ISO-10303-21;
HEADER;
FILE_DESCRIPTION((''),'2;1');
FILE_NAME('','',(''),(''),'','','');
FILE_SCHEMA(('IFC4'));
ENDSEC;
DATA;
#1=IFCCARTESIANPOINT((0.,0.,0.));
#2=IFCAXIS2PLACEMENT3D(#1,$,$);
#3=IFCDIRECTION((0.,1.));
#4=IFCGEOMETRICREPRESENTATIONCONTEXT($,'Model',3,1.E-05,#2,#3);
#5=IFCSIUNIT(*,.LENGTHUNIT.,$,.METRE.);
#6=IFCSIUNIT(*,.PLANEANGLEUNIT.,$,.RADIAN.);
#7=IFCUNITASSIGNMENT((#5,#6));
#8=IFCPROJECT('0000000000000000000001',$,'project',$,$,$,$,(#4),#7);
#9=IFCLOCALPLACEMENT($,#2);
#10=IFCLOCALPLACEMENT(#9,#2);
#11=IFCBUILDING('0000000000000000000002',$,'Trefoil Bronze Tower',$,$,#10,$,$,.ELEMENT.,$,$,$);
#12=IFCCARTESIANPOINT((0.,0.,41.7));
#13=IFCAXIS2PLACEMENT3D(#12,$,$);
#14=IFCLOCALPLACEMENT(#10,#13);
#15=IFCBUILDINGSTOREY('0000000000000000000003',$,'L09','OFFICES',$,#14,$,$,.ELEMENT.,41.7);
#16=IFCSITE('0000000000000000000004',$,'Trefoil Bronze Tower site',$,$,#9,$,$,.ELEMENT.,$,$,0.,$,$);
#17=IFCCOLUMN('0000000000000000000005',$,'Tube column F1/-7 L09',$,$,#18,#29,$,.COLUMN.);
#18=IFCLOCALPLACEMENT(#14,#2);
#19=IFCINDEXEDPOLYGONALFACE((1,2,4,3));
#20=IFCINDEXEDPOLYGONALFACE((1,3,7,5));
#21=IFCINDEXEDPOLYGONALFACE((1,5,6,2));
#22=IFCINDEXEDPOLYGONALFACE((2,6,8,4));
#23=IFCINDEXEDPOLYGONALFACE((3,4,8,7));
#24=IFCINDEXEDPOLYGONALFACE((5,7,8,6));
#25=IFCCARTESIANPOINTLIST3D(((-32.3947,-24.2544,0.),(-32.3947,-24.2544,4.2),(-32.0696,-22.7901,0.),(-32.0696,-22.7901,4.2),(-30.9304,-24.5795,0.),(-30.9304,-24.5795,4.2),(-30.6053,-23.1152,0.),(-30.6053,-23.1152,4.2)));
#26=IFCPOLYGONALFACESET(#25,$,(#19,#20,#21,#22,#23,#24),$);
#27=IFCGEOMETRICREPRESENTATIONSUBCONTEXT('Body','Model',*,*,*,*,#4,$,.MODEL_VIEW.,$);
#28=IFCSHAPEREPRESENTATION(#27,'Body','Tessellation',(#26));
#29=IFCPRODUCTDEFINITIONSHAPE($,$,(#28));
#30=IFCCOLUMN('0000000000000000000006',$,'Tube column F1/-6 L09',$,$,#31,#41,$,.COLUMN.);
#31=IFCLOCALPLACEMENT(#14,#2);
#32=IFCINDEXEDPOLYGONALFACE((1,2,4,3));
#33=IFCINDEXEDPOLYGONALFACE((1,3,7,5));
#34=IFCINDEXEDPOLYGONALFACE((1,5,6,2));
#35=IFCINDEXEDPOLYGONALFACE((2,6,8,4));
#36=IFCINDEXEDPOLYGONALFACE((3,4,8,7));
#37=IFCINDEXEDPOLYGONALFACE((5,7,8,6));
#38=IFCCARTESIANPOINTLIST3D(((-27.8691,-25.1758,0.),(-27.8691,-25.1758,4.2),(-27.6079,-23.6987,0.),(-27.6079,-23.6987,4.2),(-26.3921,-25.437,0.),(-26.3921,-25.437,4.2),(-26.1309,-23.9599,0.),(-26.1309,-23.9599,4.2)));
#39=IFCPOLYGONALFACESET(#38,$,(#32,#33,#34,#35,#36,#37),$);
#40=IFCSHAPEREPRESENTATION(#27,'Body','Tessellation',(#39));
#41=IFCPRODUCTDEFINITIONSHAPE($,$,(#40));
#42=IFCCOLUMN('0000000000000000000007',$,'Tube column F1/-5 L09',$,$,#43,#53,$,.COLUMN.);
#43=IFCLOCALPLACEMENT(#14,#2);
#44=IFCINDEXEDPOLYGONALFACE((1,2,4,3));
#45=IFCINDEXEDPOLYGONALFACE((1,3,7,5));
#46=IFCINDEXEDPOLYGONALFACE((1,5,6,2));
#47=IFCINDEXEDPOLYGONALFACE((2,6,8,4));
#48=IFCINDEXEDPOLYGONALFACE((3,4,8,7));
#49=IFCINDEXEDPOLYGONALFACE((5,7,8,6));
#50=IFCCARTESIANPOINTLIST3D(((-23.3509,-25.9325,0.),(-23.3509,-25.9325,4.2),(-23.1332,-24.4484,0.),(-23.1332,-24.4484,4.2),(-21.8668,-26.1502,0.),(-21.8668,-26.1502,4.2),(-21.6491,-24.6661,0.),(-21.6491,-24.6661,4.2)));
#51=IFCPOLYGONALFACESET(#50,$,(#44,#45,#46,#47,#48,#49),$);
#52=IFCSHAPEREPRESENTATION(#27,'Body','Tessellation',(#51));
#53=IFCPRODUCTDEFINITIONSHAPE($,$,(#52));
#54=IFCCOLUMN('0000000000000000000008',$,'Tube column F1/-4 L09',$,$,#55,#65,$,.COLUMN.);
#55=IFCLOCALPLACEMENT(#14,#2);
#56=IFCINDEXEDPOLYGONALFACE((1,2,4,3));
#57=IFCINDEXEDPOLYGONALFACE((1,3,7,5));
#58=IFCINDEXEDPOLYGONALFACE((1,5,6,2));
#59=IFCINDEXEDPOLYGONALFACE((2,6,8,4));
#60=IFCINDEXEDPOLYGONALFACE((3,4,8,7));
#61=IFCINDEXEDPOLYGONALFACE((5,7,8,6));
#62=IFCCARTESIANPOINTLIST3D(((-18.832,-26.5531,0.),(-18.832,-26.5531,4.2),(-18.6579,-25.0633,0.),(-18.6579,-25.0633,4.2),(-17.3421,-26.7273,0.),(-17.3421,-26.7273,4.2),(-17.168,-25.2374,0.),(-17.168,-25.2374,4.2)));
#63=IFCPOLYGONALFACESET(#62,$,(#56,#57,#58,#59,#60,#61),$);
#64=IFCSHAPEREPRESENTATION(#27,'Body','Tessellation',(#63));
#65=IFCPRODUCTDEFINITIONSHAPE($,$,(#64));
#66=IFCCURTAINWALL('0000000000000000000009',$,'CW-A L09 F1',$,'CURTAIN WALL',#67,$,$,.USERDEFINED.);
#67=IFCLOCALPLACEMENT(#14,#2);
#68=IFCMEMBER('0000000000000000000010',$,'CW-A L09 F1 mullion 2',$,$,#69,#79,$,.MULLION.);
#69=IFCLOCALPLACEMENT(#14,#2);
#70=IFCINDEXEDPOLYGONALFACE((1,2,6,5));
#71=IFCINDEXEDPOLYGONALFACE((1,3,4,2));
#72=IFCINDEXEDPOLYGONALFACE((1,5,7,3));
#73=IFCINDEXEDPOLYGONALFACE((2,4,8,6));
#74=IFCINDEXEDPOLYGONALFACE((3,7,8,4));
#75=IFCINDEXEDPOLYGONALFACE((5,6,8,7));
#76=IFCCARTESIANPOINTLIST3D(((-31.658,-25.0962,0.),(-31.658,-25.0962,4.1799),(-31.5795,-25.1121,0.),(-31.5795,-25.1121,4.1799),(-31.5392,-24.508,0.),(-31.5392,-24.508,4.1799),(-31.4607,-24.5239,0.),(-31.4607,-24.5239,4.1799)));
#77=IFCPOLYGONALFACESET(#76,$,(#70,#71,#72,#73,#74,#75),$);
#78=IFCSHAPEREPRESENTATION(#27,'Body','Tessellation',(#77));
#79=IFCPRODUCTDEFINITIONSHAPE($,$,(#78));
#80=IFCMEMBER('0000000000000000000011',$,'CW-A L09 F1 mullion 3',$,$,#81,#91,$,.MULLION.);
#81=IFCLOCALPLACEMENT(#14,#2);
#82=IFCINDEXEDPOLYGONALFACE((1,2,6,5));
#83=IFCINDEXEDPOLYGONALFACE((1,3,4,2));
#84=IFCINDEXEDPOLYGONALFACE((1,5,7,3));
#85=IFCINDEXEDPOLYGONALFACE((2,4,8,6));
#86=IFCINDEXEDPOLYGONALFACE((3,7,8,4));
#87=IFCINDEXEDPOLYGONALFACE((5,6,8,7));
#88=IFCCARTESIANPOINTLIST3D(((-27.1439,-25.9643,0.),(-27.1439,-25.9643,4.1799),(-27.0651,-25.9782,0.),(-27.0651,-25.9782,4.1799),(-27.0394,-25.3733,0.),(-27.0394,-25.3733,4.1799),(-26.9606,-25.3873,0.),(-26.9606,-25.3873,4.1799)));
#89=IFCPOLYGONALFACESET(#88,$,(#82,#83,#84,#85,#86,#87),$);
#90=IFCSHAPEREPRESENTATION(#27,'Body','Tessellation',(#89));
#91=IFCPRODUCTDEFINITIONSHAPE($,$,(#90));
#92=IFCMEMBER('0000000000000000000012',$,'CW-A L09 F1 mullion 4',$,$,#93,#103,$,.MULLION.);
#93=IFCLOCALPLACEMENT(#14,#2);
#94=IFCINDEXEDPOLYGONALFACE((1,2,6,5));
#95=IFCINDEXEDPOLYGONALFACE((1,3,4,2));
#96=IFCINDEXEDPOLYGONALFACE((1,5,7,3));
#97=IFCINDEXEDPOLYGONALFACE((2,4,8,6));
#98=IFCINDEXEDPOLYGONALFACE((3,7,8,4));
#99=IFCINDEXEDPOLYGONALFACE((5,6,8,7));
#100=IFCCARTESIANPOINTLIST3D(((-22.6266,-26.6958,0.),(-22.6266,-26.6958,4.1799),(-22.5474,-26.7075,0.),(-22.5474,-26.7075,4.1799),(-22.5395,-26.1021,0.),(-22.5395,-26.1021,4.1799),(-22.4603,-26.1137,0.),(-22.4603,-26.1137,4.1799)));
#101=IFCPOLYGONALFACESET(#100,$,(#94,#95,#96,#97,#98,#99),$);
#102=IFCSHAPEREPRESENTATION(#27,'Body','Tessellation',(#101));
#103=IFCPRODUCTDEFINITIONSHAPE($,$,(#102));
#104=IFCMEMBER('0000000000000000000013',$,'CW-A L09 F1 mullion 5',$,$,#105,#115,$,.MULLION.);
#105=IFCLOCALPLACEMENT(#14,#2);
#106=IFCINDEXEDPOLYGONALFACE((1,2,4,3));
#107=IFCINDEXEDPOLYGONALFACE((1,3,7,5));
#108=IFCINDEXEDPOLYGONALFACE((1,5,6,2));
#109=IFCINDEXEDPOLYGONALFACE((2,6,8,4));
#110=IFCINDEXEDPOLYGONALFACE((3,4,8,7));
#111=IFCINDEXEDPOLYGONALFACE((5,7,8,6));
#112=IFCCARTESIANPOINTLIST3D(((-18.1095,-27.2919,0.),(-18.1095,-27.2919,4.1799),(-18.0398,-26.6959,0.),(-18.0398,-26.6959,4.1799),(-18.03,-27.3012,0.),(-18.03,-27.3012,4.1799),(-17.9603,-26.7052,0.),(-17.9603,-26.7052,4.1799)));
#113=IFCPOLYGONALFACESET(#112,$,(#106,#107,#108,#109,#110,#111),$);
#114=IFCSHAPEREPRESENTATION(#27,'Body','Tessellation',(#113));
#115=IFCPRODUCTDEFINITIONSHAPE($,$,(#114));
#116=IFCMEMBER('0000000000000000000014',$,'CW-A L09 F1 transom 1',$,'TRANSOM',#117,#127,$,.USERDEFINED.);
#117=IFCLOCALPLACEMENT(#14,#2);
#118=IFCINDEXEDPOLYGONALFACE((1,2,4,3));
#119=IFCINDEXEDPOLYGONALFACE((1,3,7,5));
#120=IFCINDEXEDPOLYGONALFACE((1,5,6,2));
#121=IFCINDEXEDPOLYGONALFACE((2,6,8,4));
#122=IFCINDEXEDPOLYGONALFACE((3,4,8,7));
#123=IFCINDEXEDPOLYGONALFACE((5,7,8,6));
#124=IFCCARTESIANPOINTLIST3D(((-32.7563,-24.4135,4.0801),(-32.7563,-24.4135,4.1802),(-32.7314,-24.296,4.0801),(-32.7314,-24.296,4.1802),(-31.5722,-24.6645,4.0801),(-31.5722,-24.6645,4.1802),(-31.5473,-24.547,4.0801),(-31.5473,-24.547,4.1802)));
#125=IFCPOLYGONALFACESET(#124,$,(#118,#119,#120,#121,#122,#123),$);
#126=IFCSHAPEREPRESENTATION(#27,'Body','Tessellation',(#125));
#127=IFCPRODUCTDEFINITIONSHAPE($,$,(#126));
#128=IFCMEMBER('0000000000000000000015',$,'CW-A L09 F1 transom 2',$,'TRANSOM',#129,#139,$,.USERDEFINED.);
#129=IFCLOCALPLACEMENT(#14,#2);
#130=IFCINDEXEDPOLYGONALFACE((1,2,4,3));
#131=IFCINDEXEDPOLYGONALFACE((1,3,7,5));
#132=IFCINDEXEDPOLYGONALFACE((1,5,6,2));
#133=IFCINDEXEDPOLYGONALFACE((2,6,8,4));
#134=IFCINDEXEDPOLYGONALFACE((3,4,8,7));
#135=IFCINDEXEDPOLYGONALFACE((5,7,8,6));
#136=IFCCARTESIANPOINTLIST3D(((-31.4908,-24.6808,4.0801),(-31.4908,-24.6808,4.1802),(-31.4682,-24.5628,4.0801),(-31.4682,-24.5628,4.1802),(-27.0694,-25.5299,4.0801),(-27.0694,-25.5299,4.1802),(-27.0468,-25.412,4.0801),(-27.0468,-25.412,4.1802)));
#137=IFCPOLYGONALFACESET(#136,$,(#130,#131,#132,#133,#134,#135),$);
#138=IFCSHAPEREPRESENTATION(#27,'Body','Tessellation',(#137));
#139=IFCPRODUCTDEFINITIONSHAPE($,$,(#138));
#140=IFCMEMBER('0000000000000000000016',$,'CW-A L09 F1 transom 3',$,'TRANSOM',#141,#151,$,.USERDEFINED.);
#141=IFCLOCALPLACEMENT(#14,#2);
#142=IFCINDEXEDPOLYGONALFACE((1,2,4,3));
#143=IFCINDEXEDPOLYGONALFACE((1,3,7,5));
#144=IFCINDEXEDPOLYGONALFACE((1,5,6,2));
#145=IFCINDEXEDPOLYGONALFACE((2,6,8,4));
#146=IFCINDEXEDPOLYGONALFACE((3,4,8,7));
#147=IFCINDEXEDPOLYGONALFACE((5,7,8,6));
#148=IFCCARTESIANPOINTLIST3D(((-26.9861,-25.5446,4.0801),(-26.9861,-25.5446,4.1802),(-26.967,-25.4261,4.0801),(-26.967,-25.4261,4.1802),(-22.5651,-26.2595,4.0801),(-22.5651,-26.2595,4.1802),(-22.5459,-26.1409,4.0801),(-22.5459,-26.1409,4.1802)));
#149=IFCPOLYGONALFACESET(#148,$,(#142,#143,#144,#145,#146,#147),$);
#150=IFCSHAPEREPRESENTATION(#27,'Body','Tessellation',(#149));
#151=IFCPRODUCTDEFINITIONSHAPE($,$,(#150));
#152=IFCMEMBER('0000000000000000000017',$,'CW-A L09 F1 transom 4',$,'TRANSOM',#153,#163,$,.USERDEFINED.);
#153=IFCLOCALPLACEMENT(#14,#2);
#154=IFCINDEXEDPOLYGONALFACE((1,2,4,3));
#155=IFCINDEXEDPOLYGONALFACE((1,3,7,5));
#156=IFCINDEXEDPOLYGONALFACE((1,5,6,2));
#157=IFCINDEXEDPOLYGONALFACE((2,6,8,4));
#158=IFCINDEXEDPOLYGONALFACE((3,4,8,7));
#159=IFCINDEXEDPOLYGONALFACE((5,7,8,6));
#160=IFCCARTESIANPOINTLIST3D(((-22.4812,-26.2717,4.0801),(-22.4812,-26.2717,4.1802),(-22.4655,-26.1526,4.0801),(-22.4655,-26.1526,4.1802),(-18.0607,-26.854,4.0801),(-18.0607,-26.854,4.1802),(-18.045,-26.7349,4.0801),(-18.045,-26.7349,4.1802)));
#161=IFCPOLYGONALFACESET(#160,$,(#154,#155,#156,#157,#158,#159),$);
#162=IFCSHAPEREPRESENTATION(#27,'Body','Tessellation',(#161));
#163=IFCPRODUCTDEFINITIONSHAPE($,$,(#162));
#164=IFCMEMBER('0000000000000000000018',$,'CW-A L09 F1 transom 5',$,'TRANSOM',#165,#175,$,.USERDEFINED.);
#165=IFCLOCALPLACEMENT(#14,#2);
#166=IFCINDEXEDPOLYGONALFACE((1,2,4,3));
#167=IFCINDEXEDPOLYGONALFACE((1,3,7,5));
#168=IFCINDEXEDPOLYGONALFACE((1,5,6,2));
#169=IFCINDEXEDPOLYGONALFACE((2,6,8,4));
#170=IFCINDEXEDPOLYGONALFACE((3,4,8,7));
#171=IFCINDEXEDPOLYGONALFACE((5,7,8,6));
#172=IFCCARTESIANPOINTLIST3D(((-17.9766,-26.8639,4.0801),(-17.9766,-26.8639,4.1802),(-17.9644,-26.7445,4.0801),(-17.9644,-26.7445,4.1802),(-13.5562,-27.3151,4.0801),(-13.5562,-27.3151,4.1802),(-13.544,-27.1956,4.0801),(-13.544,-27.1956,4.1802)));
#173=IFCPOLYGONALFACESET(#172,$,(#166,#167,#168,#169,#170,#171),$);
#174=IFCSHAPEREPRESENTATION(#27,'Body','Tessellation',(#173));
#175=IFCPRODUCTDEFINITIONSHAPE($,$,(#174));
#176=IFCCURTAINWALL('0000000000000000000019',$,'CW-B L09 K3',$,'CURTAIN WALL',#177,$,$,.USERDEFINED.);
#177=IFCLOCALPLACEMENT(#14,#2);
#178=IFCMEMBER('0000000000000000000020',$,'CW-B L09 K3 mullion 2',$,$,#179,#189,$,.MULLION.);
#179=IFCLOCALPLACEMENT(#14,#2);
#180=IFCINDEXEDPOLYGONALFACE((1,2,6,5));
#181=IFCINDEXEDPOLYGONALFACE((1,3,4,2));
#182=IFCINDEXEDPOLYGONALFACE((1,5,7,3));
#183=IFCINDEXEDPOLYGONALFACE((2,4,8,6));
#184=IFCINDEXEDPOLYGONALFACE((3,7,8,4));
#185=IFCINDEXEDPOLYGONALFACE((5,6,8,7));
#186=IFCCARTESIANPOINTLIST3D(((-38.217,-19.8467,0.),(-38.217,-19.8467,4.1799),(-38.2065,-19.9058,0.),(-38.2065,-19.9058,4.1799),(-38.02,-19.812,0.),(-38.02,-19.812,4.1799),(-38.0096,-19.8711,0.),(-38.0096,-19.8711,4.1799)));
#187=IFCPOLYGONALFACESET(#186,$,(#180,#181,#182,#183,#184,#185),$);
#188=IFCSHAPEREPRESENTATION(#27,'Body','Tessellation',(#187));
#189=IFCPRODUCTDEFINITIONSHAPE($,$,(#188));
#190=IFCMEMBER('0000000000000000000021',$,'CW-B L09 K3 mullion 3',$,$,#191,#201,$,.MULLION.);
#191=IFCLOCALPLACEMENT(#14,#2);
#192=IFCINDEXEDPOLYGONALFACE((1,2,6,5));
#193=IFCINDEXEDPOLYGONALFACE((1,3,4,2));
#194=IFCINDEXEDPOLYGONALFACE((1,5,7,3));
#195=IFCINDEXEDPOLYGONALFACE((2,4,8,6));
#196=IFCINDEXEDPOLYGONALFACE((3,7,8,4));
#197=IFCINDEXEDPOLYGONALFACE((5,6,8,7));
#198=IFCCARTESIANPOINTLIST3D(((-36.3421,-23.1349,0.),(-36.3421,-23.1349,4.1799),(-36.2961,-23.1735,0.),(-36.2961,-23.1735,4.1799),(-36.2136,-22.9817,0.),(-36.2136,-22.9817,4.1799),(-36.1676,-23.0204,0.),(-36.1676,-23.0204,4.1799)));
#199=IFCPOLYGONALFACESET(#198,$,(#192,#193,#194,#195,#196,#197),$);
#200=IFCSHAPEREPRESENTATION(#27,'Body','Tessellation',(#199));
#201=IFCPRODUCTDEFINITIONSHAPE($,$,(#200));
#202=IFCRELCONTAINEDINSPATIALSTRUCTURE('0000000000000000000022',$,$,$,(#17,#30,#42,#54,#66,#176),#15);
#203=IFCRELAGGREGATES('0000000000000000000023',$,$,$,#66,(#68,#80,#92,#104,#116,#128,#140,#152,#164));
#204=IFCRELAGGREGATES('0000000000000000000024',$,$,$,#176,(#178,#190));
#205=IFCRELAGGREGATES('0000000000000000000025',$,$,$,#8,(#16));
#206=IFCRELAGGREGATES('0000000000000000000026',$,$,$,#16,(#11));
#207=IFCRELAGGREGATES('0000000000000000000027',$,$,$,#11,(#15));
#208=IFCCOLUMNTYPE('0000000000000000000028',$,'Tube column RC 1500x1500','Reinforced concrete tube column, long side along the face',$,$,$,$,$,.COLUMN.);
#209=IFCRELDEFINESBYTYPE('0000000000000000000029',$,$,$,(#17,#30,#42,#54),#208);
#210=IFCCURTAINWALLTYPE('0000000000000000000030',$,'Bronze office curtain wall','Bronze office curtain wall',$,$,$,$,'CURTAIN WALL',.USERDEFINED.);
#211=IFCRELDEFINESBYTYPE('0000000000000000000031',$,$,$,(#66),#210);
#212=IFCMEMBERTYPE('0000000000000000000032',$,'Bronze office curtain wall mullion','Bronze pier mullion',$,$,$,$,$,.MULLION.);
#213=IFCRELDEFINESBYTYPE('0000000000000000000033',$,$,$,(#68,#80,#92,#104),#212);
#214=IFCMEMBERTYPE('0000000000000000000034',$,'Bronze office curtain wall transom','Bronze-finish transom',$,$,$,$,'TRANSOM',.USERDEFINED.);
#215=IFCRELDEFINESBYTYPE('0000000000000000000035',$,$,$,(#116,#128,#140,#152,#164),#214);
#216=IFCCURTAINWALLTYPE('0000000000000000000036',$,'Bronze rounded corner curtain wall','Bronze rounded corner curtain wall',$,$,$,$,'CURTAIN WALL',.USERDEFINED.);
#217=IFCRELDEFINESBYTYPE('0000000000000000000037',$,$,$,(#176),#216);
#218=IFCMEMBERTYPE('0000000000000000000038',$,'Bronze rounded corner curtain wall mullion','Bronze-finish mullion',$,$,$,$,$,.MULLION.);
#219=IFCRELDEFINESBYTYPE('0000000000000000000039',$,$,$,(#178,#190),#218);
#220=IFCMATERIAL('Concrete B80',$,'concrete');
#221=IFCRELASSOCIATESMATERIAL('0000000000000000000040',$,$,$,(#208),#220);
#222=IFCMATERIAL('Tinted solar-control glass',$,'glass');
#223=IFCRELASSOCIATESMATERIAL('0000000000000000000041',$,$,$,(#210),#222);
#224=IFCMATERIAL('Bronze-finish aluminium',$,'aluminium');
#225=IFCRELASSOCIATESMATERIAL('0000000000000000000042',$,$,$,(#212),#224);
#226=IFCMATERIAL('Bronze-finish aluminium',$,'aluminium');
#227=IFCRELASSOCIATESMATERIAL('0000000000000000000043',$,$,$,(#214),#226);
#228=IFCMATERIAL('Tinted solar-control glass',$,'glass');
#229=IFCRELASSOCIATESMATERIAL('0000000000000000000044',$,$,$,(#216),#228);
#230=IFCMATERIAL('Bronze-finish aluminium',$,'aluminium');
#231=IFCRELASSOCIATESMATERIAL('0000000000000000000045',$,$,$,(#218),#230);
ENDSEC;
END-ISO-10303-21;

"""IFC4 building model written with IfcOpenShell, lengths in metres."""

from ifc_helpers import new_model, si_unit, direction, frame, origin, origin_2d, place, context, subcontext, project, spatial, rectangle, extrude, material, material_profile, profile_set, type_object, element, aggregate, save


model = new_model("IFC4")

# Units and contexts
model_context = context("Model", 3, precision=1e-05, world=origin(), true_north=direction((0.0, 1.0)))
body_context = subcontext(model_context, "Body", "Model", "MODEL_VIEW")
ifc_project = project(units=[si_unit("LENGTHUNIT", "METRE"), si_unit("PLANEANGLEUNIT", "RADIAN")], contexts=[model_context])

# Site, building, storey
site_placement = place(None, origin())
site = spatial("IfcSite", under=ifc_project, at=site_placement, Name="Trefoil Bronze Tower site", CompositionType="ELEMENT", RefElevation=0.0)
building_placement = place(site_placement, origin())
building = spatial("IfcBuilding", under=site, at=building_placement, Name="Trefoil Bronze Tower", CompositionType="ELEMENT")
storey_placement = place(building_placement, frame((0.0, 0.0, 41.7)))
storey = spatial("IfcBuildingStorey", under=building, at=storey_placement, Name="L09", Description="OFFICES", CompositionType="ELEMENT", Elevation=41.7)

# Columns
ifc_material_1 = material(Name="Concrete B80", Category="concrete")
ifc_material_profile_1 = material_profile(ifc_material_1, rectangle(XDim=1.5, YDim=1.5, at=origin_2d()), Name="RC 1500x1500")
ifc_profile_set_1 = profile_set([ifc_material_profile_1], Name="Concrete B80")
column_type = type_object("IfcColumnType", Name="Tube column RC 1500x1500", Description="Reinforced concrete tube column, long side along the face", PredefinedType="COLUMN", material=ifc_profile_set_1)
for number, where, z_axis, x_axis, name in (
    (1, (-31.5, -23.6848, 0.0), (0.0, 0.0, 1.0), (0.97623, -0.216739, 0.0), "Tube column F1/-7 L09"),
    (2, (-27.0, -24.5679, 0.0), (0.0, 0.0, 1.0), (0.984722, -0.174131, 0.0), "Tube column F1/-6 L09"),
    (3, (-22.5, -25.2993, 0.0), (0.0, 0.0, 1.0), (0.989416, -0.145109, 0.0), "Tube column F1/-5 L09"),
    (4, (-18.0, -25.8953, 0.0), (0.0, 0.0, 1.0), (0.993239, -0.116087, 0.0), "Tube column F1/-4 L09"),
):
    element("IfcColumn", number, at=place(storey_placement, frame(where, z_axis=z_axis, x_axis=x_axis)), inside=storey, type_object=column_type, Name=name, PredefinedType="COLUMN", context=body_context, shape_type="SweptSolid", body=[
        extrude(rectangle(XDim=1.5, YDim=1.5, at=origin_2d()), origin(), (0.0, 0.0, 1.0), 4.2),
    ])

# Curtain walls, members
ifc_material_2 = material(Name="Tinted solar-control glass", Category="glass")
curtain_wall_type_1 = type_object("IfcCurtainWallType", Name="Bronze office curtain wall", Description="Bronze office curtain wall", ElementType="CURTAIN WALL", PredefinedType="USERDEFINED", material=ifc_material_2)
curtain_wall_1_placement = place(storey_placement, origin())
curtain_wall_1 = element("IfcCurtainWall", 5, at=curtain_wall_1_placement, inside=storey, type_object=curtain_wall_type_1, Name="CW-A L09 F1", ObjectType="CURTAIN WALL", PredefinedType="USERDEFINED")
ifc_material_3 = material(Name="Bronze-finish aluminium", Category="aluminium")
ifc_material_profile_2 = material_profile(ifc_material_3, rectangle(XDim=0.6001, YDim=0.0801, at=origin_2d()), Name="CW-A mullion")
ifc_profile_set_2 = profile_set([ifc_material_profile_2], Name="Bronze-finish aluminium")
member_type_1 = type_object("IfcMemberType", Name="Bronze office curtain wall mullion", Description="Bronze pier mullion", PredefinedType="MULLION", material=ifc_profile_set_2)
member_1_placement = place(storey_placement, frame((-31.5593, -24.8101, 0.0), z_axis=(0.0, 0.0, 1.0), x_axis=(0.19791, 0.98022, 0.0)))
member_1 = element("IfcMember", 6, at=member_1_placement, type_object=member_type_1, Name="CW-A L09 F1 mullion 2", PredefinedType="MULLION", context=body_context, shape_type="SweptSolid", body=[
    extrude(rectangle(XDim=0.6001, YDim=0.0801, at=origin_2d()), origin(), (0.0, 0.0, 1.0), 4.1799),
])
member_2_placement = place(storey_placement, frame((-27.0522, -25.6758, 0.0), z_axis=(0.0, 0.0, 1.0), x_axis=(0.174131, 0.984722, 0.0)))
member_2 = element("IfcMember", 7, at=member_2_placement, type_object=member_type_1, Name="CW-A L09 F1 mullion 3", PredefinedType="MULLION", context=body_context, shape_type="SweptSolid", body=[
    extrude(rectangle(XDim=0.6001, YDim=0.0801, at=origin_2d()), origin(), (0.0, 0.0, 1.0), 4.1799),
])
member_3_placement = place(storey_placement, frame((-22.5435, -26.4048, 0.0), z_axis=(0.0, 0.0, 1.0), x_axis=(0.145109, 0.989416, 0.0)))
member_3 = element("IfcMember", 8, at=member_3_placement, type_object=member_type_1, Name="CW-A L09 F1 mullion 4", PredefinedType="MULLION", context=body_context, shape_type="SweptSolid", body=[
    extrude(rectangle(XDim=0.6001, YDim=0.0801, at=origin_2d()), origin(), (0.0, 0.0, 1.0), 4.1799),
])
member_4_placement = place(storey_placement, frame((-18.0349, -26.9985, 0.0), z_axis=(0.0, 0.0, 1.0), x_axis=(0.116087, 0.993239, 0.0)))
member_4 = element("IfcMember", 9, at=member_4_placement, type_object=member_type_1, Name="CW-A L09 F1 mullion 5", PredefinedType="MULLION", context=body_context, shape_type="SweptSolid", body=[
    extrude(rectangle(XDim=0.6001, YDim=0.0801, at=origin_2d()), origin(), (0.0, 0.0, 1.0), 4.1799),
])
ifc_material_4 = material(Name="Bronze-finish aluminium", Category="aluminium")
ifc_material_profile_3 = material_profile(ifc_material_4, rectangle(XDim=0.1201, YDim=0.1001, at=origin_2d()), Name="CW-A transom")
ifc_profile_set_3 = profile_set([ifc_material_profile_3], Name="Bronze-finish aluminium")
member_type_2 = type_object("IfcMemberType", Name="Bronze office curtain wall transom", Description="Bronze-finish transom", ElementType="TRANSOM", PredefinedType="USERDEFINED", material=ifc_profile_set_3)
member_5_placement = place(storey_placement, frame((-32.7439, -24.3547, 4.1301), z_axis=(0.978266, -0.207352, 0.0), x_axis=(0.207352, 0.978266, 0.0)))
member_5 = element("IfcMember", 10, at=member_5_placement, type_object=member_type_2, Name="CW-A L09 F1 transom 1", ObjectType="TRANSOM", PredefinedType="USERDEFINED", context=body_context, shape_type="SweptSolid", body=[
    extrude(rectangle(XDim=0.1201, YDim=0.1001, at=origin_2d()), origin(), (0.0, 0.0, 1.0), 1.2104),
])
member_6_placement = place(storey_placement, frame((-31.4795, -24.6218, 4.1301), z_axis=(0.982054, -0.188602, 0.0), x_axis=(0.188602, 0.982054, 0.0)))
member_6 = element("IfcMember", 11, at=member_6_placement, type_object=member_type_2, Name="CW-A L09 F1 transom 2", ObjectType="TRANSOM", PredefinedType="USERDEFINED", context=body_context, shape_type="SweptSolid", body=[
    extrude(rectangle(XDim=0.1201, YDim=0.1001, at=origin_2d()), origin(), (0.0, 0.0, 1.0), 4.5022),
])
member_7_placement = place(storey_placement, frame((-26.9766, -25.4854, 4.1301), z_axis=(0.987179, -0.159615, 0.0), x_axis=(0.159615, 0.987179, 0.0)))
member_7 = element("IfcMember", 12, at=member_7_placement, type_object=member_type_2, Name="CW-A L09 F1 transom 3", ObjectType="TRANSOM", PredefinedType="USERDEFINED", context=body_context, shape_type="SweptSolid", body=[
    extrude(rectangle(XDim=0.1201, YDim=0.1001, at=origin_2d()), origin(), (0.0, 0.0, 1.0), 4.4785),
])
member_8_placement = place(storey_placement, frame((-22.4734, -26.2122, 4.1301), z_axis=(0.991437, -0.130589, 0.0), x_axis=(0.130589, 0.991437, 0.0)))
member_8 = element("IfcMember", 13, at=member_8_placement, type_object=member_type_2, Name="CW-A L09 F1 transom 4", ObjectType="TRANSOM", PredefinedType="USERDEFINED", context=body_context, shape_type="SweptSolid", body=[
    extrude(rectangle(XDim=0.1201, YDim=0.1001, at=origin_2d()), origin(), (0.0, 0.0, 1.0), 4.4587),
])
member_9_placement = place(storey_placement, frame((-17.9705, -26.8042, 4.1301), z_axis=(0.994832, -0.101538, 0.0), x_axis=(0.101538, 0.994832, 0.0)))
member_9 = element("IfcMember", 14, at=member_9_placement, type_object=member_type_2, Name="CW-A L09 F1 transom 5", ObjectType="TRANSOM", PredefinedType="USERDEFINED", context=body_context, shape_type="SweptSolid", body=[
    extrude(rectangle(XDim=0.1201, YDim=0.1001, at=origin_2d()), origin(), (0.0, 0.0, 1.0), 4.4434),
])
ifc_material_5 = material(Name="Tinted solar-control glass", Category="glass")
curtain_wall_type_2 = type_object("IfcCurtainWallType", Name="Bronze rounded corner curtain wall", Description="Bronze rounded corner curtain wall", ElementType="CURTAIN WALL", PredefinedType="USERDEFINED", material=ifc_material_5)
curtain_wall_2_placement = place(storey_placement, origin())
curtain_wall_2 = element("IfcCurtainWall", 15, at=curtain_wall_2_placement, inside=storey, type_object=curtain_wall_type_2, Name="CW-B L09 K3", ObjectType="CURTAIN WALL", PredefinedType="USERDEFINED")
ifc_material_6 = material(Name="Bronze-finish aluminium", Category="aluminium")
ifc_material_profile_4 = material_profile(ifc_material_6, rectangle(XDim=0.2, YDim=0.0601, at=origin_2d()), Name="CW-B mullion")
ifc_profile_set_4 = profile_set([ifc_material_profile_4], Name="Bronze-finish aluminium")
member_type_3 = type_object("IfcMemberType", Name="Bronze rounded corner curtain wall mullion", Description="Bronze-finish mullion", PredefinedType="MULLION", material=ifc_profile_set_4)
member_10_placement = place(storey_placement, frame((-38.1133, -19.8589, 0.0), z_axis=(0.0, 0.0, 1.0), x_axis=(0.984808, 0.173648, 0.0)))
member_10 = element("IfcMember", 16, at=member_10_placement, type_object=member_type_3, Name="CW-B L09 K3 mullion 2", PredefinedType="MULLION", context=body_context, shape_type="SweptSolid", body=[
    extrude(rectangle(XDim=0.2, YDim=0.0601, at=origin_2d()), origin(), (0.0, 0.0, 1.0), 4.1799),
])
member_11_placement = place(storey_placement, frame((-36.2549, -23.0776, 0.0), z_axis=(0.0, 0.0, 1.0), x_axis=(0.642788, 0.766044, 0.0)))
member_11 = element("IfcMember", 17, at=member_11_placement, type_object=member_type_3, Name="CW-B L09 K3 mullion 3", PredefinedType="MULLION", context=body_context, shape_type="SweptSolid", body=[
    extrude(rectangle(XDim=0.2, YDim=0.0601, at=origin_2d()), origin(), (0.0, 0.0, 1.0), 4.1799),
])

aggregate(curtain_wall_1, [member_1, member_2, member_3, member_4, member_5, member_6, member_7, member_8, member_9])
aggregate(curtain_wall_2, [member_10, member_11])

save(model, "model.ifc")
